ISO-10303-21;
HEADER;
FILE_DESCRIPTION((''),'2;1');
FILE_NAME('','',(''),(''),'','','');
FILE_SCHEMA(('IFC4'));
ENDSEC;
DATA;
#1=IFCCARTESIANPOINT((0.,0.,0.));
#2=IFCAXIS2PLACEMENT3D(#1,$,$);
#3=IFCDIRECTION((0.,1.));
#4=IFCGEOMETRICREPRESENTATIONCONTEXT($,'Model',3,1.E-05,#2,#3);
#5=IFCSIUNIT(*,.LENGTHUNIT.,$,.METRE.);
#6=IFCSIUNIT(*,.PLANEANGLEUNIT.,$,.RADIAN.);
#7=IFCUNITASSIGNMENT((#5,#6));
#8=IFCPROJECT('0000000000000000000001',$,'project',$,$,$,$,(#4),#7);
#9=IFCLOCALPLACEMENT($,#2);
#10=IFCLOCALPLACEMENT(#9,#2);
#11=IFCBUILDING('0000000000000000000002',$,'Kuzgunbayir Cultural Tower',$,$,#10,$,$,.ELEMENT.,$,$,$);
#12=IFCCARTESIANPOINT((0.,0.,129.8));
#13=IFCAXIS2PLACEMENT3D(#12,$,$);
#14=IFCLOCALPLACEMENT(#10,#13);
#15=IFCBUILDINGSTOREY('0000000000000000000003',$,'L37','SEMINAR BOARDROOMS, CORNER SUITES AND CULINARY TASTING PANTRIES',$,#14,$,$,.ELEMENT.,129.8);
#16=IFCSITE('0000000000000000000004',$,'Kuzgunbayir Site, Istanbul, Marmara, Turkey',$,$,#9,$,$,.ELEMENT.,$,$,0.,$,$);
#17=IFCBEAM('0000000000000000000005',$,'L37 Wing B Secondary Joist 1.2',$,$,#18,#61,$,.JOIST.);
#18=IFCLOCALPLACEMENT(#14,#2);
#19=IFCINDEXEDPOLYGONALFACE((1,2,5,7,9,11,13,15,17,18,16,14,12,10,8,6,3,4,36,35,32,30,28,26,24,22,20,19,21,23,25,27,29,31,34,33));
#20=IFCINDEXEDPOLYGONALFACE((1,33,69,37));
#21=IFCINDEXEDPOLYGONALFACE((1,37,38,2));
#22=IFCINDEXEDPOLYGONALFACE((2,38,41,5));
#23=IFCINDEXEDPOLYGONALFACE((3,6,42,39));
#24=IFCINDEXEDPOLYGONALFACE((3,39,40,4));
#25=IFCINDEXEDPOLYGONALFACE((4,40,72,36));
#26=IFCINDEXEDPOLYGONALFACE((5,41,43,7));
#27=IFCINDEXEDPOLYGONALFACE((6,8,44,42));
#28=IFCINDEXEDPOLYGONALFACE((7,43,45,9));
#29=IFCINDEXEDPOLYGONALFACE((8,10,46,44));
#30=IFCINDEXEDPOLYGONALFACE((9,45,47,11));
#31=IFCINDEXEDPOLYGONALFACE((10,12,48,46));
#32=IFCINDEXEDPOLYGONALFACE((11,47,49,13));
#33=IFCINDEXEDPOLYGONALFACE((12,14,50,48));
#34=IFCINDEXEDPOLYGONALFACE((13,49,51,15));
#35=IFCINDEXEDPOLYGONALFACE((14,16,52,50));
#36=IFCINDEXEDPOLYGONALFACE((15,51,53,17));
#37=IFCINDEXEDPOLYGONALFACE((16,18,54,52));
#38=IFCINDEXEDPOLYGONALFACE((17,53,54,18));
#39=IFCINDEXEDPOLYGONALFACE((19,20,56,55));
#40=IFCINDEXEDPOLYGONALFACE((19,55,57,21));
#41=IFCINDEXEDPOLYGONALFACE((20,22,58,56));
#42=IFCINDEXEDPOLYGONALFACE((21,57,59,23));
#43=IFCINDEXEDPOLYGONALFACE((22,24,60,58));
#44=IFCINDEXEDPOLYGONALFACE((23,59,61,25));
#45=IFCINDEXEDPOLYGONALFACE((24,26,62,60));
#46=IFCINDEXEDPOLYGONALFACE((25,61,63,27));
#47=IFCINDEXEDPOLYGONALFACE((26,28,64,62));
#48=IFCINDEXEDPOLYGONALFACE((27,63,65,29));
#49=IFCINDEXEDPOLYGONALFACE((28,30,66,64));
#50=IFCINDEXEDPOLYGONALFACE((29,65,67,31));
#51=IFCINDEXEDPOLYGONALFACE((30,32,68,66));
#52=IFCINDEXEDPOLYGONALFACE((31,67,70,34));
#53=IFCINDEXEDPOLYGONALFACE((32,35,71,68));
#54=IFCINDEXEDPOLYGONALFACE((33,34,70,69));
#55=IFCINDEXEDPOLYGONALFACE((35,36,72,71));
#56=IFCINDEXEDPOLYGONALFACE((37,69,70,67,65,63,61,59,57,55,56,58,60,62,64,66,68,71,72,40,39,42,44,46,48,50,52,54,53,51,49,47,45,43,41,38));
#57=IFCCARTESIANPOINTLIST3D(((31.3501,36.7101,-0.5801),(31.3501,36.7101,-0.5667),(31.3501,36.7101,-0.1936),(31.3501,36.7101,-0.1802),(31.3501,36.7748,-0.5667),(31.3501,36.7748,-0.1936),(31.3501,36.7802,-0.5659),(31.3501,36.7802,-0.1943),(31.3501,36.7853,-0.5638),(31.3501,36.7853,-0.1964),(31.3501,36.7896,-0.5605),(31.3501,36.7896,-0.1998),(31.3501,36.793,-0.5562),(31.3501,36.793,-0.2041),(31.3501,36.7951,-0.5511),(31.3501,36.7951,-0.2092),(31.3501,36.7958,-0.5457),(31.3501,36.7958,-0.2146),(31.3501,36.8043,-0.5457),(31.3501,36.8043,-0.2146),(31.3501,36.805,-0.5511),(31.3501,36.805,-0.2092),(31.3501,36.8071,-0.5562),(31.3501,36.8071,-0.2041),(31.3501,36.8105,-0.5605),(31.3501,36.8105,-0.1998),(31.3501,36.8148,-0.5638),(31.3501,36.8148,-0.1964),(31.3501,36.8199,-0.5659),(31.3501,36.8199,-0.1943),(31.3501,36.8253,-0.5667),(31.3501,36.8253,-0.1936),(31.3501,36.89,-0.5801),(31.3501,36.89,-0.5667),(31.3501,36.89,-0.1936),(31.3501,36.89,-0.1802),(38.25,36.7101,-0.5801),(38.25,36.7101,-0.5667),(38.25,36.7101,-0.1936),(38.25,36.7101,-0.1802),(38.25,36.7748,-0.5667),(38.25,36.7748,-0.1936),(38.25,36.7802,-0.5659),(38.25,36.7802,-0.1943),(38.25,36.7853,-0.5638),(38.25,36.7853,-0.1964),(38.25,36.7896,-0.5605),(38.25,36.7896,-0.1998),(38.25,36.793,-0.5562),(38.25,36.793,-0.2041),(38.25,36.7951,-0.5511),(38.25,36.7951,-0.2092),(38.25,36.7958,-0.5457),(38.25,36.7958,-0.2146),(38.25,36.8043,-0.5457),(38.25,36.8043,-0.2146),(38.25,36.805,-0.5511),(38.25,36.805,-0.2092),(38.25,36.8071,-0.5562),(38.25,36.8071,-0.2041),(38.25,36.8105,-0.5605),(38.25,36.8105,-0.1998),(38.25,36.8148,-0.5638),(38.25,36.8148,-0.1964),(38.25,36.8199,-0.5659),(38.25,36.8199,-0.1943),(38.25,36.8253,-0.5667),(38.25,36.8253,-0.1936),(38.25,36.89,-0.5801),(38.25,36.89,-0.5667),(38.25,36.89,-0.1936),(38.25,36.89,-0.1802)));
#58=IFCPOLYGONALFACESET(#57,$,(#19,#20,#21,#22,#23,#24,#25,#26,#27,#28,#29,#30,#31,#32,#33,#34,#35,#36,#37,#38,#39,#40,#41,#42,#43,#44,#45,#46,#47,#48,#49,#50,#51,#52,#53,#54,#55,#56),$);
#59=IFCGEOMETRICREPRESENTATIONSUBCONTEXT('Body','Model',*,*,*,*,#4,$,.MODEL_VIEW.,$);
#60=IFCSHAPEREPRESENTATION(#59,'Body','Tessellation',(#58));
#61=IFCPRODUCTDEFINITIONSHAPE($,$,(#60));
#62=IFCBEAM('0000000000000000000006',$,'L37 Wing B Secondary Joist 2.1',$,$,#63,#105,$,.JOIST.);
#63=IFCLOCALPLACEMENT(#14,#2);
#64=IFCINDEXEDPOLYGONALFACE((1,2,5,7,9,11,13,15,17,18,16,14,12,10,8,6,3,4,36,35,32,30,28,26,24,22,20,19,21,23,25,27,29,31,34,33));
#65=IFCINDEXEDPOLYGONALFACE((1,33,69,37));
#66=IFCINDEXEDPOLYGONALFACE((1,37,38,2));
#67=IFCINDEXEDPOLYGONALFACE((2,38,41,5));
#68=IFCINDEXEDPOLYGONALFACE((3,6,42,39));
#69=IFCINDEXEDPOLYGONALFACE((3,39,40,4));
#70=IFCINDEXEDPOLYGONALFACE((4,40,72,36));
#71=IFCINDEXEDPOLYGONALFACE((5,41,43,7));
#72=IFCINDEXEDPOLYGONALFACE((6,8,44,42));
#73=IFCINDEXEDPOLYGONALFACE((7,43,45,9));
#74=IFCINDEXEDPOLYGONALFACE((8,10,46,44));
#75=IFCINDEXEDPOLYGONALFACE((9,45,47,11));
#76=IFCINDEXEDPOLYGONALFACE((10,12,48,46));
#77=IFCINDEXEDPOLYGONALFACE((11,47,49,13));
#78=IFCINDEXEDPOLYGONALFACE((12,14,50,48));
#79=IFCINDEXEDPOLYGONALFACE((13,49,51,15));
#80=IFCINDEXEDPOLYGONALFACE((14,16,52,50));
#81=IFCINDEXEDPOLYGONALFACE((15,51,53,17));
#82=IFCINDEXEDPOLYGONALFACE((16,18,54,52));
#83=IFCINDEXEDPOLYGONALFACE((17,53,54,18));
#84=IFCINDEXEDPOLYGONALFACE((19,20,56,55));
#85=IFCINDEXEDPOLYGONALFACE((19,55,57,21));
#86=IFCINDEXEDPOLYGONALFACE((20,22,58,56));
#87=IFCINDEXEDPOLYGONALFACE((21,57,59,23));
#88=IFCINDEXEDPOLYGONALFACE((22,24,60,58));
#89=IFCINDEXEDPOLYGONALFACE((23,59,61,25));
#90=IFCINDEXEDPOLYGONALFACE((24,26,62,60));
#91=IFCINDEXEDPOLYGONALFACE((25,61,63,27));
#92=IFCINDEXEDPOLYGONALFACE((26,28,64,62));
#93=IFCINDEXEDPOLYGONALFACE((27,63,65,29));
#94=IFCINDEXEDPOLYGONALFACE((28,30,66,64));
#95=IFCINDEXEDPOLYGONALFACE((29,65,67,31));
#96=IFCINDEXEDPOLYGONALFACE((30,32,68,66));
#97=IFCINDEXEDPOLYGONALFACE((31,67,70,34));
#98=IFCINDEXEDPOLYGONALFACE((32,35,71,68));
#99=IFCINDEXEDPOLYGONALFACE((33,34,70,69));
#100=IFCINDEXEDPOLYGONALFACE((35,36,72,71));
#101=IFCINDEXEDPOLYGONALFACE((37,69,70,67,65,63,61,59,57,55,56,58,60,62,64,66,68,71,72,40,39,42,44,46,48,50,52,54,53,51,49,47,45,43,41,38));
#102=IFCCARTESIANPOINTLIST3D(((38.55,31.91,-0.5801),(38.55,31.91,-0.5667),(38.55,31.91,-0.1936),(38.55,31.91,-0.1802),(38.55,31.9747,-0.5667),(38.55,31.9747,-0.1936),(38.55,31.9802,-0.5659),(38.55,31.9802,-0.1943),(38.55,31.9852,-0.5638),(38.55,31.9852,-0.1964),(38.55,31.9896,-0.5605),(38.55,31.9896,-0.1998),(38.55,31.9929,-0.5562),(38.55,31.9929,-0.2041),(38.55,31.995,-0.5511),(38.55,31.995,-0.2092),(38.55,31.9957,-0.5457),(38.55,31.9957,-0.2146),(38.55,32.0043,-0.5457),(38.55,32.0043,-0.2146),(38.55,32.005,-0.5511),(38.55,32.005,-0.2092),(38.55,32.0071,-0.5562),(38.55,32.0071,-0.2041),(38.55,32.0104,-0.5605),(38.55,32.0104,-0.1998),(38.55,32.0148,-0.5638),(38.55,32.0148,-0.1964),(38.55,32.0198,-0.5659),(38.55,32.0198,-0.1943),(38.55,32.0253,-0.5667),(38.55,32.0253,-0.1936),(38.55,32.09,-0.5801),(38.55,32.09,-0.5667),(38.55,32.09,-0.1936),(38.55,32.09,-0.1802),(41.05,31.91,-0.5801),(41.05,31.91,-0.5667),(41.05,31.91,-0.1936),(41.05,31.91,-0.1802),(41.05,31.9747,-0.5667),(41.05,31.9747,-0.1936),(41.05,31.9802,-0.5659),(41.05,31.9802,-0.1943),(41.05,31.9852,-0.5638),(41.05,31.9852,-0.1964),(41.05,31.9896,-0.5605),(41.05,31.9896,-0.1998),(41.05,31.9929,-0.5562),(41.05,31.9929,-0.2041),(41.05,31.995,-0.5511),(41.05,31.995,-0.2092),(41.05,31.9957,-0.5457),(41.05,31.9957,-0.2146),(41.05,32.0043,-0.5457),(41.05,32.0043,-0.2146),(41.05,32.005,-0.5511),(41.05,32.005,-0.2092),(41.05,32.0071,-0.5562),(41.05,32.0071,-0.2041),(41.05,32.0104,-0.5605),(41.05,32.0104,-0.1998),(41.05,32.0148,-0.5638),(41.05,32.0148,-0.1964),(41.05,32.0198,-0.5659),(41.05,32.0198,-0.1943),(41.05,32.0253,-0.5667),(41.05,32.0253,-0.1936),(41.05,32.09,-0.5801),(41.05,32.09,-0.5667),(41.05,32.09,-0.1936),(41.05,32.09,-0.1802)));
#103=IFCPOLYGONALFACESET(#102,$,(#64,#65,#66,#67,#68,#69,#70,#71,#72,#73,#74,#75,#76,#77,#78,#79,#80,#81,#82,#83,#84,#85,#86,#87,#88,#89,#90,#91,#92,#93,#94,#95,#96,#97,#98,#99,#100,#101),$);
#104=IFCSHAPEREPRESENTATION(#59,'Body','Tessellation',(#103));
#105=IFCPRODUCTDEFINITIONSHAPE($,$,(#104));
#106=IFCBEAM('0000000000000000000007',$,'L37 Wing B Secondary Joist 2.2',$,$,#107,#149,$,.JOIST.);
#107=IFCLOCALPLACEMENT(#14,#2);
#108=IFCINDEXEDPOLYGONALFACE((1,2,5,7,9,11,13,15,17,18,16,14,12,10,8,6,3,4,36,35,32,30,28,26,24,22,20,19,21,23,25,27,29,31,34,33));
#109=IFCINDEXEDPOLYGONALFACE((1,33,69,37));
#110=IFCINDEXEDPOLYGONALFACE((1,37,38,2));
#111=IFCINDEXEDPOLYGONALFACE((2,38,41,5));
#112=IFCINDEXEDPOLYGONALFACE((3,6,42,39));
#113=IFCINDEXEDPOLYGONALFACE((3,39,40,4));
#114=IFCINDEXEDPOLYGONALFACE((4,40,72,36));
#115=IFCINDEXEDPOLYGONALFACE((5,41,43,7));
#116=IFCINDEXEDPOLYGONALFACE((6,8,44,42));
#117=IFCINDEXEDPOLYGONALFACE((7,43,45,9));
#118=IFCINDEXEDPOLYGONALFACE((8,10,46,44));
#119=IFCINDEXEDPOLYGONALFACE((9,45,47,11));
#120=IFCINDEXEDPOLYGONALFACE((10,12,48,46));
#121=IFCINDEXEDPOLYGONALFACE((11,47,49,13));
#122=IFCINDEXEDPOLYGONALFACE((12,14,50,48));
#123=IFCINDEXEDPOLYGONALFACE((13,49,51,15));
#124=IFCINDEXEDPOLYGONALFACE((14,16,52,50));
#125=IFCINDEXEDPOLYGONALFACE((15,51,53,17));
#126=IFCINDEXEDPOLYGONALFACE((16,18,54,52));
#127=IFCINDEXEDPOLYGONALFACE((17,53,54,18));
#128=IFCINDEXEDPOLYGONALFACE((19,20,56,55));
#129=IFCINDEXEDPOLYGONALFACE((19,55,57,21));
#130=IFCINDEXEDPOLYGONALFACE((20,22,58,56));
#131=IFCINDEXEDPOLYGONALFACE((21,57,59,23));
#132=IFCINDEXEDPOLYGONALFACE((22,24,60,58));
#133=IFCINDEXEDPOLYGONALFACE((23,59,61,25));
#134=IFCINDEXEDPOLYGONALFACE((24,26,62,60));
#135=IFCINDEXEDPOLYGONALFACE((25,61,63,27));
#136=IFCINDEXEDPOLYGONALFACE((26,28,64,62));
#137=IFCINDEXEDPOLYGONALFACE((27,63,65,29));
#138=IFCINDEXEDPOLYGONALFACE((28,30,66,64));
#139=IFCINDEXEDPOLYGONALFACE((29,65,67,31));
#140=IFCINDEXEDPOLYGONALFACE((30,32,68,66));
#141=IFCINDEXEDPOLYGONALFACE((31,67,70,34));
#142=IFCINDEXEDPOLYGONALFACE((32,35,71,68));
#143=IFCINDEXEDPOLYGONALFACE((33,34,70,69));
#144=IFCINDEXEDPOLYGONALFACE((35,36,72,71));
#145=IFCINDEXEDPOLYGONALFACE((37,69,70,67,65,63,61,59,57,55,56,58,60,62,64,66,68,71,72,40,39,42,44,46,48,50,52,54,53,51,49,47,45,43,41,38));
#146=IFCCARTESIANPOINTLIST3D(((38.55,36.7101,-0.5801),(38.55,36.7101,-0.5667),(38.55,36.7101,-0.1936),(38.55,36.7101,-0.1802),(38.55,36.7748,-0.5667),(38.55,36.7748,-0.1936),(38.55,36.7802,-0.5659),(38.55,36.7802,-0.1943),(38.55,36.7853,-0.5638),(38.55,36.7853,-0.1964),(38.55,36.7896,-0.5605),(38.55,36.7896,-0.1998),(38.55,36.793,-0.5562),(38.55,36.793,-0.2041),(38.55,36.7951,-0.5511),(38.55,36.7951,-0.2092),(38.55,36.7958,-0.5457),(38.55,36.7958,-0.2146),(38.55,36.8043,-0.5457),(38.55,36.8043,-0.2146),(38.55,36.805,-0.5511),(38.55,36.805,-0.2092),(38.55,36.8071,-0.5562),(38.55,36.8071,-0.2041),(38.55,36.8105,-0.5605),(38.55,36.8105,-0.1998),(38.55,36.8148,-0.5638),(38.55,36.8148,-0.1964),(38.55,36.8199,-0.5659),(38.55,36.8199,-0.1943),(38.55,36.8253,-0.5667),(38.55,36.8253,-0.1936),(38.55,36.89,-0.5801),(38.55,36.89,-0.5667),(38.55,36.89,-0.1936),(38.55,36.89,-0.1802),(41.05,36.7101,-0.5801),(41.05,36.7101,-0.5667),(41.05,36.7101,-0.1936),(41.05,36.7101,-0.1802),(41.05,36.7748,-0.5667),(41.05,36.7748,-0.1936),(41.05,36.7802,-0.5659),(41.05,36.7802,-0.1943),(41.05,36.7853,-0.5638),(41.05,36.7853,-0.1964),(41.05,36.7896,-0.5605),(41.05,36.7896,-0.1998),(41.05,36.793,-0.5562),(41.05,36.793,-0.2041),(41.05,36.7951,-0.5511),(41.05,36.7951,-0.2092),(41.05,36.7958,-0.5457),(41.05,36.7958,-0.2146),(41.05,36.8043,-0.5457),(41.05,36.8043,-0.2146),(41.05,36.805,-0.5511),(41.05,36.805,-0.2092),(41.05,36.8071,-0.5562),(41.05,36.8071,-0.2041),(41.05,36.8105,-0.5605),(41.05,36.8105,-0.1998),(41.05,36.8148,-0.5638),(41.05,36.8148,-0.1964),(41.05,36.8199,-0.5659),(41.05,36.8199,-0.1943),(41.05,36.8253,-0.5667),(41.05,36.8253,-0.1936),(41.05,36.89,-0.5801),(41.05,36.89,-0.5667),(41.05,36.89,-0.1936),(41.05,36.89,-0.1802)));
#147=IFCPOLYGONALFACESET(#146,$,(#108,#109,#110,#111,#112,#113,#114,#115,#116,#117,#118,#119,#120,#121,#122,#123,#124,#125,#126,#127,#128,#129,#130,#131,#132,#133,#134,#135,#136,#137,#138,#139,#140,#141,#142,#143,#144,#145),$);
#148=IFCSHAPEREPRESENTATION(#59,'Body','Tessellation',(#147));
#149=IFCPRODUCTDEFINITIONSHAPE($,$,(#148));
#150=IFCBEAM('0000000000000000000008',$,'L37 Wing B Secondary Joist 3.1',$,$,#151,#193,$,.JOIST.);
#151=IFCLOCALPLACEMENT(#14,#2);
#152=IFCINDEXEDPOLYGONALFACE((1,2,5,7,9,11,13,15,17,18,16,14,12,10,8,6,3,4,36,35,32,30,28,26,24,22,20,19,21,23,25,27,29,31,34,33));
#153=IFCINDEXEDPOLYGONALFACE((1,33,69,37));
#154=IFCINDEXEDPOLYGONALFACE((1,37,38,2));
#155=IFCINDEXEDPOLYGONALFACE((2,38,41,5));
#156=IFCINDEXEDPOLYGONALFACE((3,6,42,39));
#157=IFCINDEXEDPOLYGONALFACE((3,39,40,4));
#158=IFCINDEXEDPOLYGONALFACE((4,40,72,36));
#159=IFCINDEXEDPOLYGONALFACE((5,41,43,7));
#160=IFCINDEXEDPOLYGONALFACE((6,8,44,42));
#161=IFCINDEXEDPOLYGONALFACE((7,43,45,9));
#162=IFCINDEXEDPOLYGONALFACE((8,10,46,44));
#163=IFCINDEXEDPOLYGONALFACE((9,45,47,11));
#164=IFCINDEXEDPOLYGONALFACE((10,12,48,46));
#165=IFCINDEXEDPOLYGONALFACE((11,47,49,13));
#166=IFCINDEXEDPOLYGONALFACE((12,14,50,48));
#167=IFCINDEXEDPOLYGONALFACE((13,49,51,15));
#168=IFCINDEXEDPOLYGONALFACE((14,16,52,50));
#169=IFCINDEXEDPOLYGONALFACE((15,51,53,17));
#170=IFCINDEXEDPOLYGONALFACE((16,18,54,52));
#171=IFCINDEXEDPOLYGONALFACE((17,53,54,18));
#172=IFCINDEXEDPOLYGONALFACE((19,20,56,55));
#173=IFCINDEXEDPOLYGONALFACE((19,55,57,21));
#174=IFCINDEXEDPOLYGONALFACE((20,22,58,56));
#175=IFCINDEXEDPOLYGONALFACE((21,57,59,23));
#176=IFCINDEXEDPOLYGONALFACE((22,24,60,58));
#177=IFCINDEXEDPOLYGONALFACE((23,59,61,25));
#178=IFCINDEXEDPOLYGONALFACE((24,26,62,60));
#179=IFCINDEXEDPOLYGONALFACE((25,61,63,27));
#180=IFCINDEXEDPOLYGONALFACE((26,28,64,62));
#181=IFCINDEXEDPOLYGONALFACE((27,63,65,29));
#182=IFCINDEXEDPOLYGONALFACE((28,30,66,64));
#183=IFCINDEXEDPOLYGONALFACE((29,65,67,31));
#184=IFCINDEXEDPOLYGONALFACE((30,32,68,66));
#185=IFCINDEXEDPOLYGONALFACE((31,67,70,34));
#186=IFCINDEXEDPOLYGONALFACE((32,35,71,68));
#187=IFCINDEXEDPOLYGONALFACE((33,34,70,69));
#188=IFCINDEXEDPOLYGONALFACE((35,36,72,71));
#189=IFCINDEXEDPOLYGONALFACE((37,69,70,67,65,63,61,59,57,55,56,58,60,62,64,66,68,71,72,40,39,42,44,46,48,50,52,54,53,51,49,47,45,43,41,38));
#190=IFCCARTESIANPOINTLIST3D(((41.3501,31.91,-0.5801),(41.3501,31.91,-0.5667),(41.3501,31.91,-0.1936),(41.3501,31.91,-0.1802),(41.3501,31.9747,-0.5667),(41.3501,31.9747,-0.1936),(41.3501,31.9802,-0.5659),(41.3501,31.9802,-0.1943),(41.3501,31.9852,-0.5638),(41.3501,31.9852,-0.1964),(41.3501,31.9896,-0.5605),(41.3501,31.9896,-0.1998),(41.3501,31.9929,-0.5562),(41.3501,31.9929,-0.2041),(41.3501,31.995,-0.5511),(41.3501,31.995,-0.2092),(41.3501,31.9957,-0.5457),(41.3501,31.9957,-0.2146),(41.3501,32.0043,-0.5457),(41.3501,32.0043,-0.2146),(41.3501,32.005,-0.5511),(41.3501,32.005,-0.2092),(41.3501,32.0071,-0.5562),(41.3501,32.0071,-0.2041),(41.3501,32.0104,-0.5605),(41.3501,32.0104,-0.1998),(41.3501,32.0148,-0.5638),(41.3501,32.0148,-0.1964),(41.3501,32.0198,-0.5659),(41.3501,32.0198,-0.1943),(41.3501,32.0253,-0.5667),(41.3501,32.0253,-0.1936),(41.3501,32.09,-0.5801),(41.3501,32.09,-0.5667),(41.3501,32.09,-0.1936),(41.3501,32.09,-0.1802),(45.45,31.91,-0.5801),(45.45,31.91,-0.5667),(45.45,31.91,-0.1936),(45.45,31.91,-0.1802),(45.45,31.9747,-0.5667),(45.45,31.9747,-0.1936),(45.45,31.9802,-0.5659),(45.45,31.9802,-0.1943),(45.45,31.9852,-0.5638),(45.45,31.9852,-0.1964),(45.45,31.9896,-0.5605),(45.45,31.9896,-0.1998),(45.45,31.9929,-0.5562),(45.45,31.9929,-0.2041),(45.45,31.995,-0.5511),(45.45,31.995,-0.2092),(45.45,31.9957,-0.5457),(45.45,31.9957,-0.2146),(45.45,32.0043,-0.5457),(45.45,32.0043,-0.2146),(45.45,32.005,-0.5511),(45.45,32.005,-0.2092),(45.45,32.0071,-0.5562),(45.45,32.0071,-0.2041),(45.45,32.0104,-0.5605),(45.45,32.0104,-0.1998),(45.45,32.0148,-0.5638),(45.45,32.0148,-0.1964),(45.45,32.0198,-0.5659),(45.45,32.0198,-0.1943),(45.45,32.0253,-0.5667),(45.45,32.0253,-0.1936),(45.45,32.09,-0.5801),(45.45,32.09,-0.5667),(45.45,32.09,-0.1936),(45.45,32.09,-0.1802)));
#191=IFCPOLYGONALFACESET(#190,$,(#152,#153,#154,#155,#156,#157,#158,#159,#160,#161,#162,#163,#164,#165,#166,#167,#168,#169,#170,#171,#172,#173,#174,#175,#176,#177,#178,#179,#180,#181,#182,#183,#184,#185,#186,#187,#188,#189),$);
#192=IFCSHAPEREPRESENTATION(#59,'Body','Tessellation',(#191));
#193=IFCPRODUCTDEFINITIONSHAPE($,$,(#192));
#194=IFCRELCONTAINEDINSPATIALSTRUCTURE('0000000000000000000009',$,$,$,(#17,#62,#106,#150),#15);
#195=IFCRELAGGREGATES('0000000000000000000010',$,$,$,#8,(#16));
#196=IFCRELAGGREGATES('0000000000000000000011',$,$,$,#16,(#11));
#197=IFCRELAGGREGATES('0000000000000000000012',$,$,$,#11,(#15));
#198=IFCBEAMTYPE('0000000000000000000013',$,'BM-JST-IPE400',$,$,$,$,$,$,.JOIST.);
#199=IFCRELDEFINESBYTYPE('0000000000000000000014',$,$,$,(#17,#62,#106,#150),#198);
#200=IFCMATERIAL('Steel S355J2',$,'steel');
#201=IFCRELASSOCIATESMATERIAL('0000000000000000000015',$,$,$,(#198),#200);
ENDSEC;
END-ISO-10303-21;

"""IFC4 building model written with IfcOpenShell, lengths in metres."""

from ifc_helpers import new_model, si_unit, direction, frame, origin, origin_2d, place, context, subcontext, project, spatial, i_section, extrude, material, material_profile, profile_set, type_object, element, save


model = new_model("IFC4")

# Units and contexts
model_context = context("Model", 3, precision=1e-05, world=origin(), true_north=direction((0.0, 1.0)))
body_context = subcontext(model_context, "Body", "Model", "MODEL_VIEW")
ifc_project = project(units=[si_unit("LENGTHUNIT", "METRE"), si_unit("PLANEANGLEUNIT", "RADIAN")], contexts=[model_context])

# Site, building, storey
site_placement = place(None, origin())
site = spatial("IfcSite", under=ifc_project, at=site_placement, Name="Kuzgunbayir Site, Istanbul, Marmara, Turkey", CompositionType="ELEMENT", RefElevation=0.0)
building_placement = place(site_placement, origin())
building = spatial("IfcBuilding", under=site, at=building_placement, Name="Kuzgunbayir Cultural Tower", CompositionType="ELEMENT")
storey_placement = place(building_placement, frame((0.0, 0.0, 129.8)))
storey = spatial("IfcBuildingStorey", under=building, at=storey_placement, Name="L37", Description="SEMINAR BOARDROOMS, CORNER SUITES AND CULINARY TASTING PANTRIES", CompositionType="ELEMENT", Elevation=129.8)

# Beams
ifc_material_1 = material(Name="Steel S355J2", Category="steel")
ifc_material_profile_1 = material_profile(ifc_material_1, i_section(OverallWidth=0.1799, OverallDepth=0.3999, WebThickness=0.0085, FlangeThickness=0.0134, FilletRadius=0.021, at=origin_2d()), Name="IPE 400")
ifc_profile_set_1 = profile_set([ifc_material_profile_1], Name="Steel S355J2")
beam_type_1 = type_object("IfcBeamType", Name="BM-JST-IPE400", PredefinedType="JOIST", material=ifc_profile_set_1)
for number, where, z_axis, x_axis, name in (
    (1, (31.3501, 36.8, -0.3801), (1.0, 0.0, 0.0), (0.0, 1.0, 0.0), "L37 Wing B Secondary Joist 1.2"),
):
    element("IfcBeam", number, at=place(storey_placement, frame(where, z_axis=z_axis, x_axis=x_axis)), inside=storey, type_object=beam_type_1, Name=name, PredefinedType="JOIST", context=body_context, shape_type="SweptSolid", body=[
        extrude(i_section(OverallWidth=0.1799, OverallDepth=0.3999, WebThickness=0.0085, FlangeThickness=0.0134, FilletRadius=0.021, at=origin_2d()), origin(), (0.0, 0.0, 1.0), 6.8999),
    ])
for number, where, z_axis, x_axis, name in (
    (2, (38.55, 32.0, -0.3801), (1.0, 0.0, 0.0), (0.0, 1.0, 0.0), "L37 Wing B Secondary Joist 2.1"),
    (3, (38.55, 36.8, -0.3801), (1.0, 0.0, 0.0), (0.0, 1.0, 0.0), "L37 Wing B Secondary Joist 2.2"),
):
    element("IfcBeam", number, at=place(storey_placement, frame(where, z_axis=z_axis, x_axis=x_axis)), inside=storey, type_object=beam_type_1, Name=name, PredefinedType="JOIST", context=body_context, shape_type="SweptSolid", body=[
        extrude(i_section(OverallWidth=0.1799, OverallDepth=0.3999, WebThickness=0.0085, FlangeThickness=0.0134, FilletRadius=0.021, at=origin_2d()), origin(), (0.0, 0.0, 1.0), 2.5),
    ])
for number, where, z_axis, x_axis, name in (
    (4, (41.3501, 32.0, -0.3801), (1.0, 0.0, 0.0), (0.0, 1.0, 0.0), "L37 Wing B Secondary Joist 3.1"),
):
    element("IfcBeam", number, at=place(storey_placement, frame(where, z_axis=z_axis, x_axis=x_axis)), inside=storey, type_object=beam_type_1, Name=name, PredefinedType="JOIST", context=body_context, shape_type="SweptSolid", body=[
        extrude(i_section(OverallWidth=0.1799, OverallDepth=0.3999, WebThickness=0.0085, FlangeThickness=0.0134, FilletRadius=0.021, at=origin_2d()), origin(), (0.0, 0.0, 1.0), 4.0999),
    ])

save(model, "model.ifc")
